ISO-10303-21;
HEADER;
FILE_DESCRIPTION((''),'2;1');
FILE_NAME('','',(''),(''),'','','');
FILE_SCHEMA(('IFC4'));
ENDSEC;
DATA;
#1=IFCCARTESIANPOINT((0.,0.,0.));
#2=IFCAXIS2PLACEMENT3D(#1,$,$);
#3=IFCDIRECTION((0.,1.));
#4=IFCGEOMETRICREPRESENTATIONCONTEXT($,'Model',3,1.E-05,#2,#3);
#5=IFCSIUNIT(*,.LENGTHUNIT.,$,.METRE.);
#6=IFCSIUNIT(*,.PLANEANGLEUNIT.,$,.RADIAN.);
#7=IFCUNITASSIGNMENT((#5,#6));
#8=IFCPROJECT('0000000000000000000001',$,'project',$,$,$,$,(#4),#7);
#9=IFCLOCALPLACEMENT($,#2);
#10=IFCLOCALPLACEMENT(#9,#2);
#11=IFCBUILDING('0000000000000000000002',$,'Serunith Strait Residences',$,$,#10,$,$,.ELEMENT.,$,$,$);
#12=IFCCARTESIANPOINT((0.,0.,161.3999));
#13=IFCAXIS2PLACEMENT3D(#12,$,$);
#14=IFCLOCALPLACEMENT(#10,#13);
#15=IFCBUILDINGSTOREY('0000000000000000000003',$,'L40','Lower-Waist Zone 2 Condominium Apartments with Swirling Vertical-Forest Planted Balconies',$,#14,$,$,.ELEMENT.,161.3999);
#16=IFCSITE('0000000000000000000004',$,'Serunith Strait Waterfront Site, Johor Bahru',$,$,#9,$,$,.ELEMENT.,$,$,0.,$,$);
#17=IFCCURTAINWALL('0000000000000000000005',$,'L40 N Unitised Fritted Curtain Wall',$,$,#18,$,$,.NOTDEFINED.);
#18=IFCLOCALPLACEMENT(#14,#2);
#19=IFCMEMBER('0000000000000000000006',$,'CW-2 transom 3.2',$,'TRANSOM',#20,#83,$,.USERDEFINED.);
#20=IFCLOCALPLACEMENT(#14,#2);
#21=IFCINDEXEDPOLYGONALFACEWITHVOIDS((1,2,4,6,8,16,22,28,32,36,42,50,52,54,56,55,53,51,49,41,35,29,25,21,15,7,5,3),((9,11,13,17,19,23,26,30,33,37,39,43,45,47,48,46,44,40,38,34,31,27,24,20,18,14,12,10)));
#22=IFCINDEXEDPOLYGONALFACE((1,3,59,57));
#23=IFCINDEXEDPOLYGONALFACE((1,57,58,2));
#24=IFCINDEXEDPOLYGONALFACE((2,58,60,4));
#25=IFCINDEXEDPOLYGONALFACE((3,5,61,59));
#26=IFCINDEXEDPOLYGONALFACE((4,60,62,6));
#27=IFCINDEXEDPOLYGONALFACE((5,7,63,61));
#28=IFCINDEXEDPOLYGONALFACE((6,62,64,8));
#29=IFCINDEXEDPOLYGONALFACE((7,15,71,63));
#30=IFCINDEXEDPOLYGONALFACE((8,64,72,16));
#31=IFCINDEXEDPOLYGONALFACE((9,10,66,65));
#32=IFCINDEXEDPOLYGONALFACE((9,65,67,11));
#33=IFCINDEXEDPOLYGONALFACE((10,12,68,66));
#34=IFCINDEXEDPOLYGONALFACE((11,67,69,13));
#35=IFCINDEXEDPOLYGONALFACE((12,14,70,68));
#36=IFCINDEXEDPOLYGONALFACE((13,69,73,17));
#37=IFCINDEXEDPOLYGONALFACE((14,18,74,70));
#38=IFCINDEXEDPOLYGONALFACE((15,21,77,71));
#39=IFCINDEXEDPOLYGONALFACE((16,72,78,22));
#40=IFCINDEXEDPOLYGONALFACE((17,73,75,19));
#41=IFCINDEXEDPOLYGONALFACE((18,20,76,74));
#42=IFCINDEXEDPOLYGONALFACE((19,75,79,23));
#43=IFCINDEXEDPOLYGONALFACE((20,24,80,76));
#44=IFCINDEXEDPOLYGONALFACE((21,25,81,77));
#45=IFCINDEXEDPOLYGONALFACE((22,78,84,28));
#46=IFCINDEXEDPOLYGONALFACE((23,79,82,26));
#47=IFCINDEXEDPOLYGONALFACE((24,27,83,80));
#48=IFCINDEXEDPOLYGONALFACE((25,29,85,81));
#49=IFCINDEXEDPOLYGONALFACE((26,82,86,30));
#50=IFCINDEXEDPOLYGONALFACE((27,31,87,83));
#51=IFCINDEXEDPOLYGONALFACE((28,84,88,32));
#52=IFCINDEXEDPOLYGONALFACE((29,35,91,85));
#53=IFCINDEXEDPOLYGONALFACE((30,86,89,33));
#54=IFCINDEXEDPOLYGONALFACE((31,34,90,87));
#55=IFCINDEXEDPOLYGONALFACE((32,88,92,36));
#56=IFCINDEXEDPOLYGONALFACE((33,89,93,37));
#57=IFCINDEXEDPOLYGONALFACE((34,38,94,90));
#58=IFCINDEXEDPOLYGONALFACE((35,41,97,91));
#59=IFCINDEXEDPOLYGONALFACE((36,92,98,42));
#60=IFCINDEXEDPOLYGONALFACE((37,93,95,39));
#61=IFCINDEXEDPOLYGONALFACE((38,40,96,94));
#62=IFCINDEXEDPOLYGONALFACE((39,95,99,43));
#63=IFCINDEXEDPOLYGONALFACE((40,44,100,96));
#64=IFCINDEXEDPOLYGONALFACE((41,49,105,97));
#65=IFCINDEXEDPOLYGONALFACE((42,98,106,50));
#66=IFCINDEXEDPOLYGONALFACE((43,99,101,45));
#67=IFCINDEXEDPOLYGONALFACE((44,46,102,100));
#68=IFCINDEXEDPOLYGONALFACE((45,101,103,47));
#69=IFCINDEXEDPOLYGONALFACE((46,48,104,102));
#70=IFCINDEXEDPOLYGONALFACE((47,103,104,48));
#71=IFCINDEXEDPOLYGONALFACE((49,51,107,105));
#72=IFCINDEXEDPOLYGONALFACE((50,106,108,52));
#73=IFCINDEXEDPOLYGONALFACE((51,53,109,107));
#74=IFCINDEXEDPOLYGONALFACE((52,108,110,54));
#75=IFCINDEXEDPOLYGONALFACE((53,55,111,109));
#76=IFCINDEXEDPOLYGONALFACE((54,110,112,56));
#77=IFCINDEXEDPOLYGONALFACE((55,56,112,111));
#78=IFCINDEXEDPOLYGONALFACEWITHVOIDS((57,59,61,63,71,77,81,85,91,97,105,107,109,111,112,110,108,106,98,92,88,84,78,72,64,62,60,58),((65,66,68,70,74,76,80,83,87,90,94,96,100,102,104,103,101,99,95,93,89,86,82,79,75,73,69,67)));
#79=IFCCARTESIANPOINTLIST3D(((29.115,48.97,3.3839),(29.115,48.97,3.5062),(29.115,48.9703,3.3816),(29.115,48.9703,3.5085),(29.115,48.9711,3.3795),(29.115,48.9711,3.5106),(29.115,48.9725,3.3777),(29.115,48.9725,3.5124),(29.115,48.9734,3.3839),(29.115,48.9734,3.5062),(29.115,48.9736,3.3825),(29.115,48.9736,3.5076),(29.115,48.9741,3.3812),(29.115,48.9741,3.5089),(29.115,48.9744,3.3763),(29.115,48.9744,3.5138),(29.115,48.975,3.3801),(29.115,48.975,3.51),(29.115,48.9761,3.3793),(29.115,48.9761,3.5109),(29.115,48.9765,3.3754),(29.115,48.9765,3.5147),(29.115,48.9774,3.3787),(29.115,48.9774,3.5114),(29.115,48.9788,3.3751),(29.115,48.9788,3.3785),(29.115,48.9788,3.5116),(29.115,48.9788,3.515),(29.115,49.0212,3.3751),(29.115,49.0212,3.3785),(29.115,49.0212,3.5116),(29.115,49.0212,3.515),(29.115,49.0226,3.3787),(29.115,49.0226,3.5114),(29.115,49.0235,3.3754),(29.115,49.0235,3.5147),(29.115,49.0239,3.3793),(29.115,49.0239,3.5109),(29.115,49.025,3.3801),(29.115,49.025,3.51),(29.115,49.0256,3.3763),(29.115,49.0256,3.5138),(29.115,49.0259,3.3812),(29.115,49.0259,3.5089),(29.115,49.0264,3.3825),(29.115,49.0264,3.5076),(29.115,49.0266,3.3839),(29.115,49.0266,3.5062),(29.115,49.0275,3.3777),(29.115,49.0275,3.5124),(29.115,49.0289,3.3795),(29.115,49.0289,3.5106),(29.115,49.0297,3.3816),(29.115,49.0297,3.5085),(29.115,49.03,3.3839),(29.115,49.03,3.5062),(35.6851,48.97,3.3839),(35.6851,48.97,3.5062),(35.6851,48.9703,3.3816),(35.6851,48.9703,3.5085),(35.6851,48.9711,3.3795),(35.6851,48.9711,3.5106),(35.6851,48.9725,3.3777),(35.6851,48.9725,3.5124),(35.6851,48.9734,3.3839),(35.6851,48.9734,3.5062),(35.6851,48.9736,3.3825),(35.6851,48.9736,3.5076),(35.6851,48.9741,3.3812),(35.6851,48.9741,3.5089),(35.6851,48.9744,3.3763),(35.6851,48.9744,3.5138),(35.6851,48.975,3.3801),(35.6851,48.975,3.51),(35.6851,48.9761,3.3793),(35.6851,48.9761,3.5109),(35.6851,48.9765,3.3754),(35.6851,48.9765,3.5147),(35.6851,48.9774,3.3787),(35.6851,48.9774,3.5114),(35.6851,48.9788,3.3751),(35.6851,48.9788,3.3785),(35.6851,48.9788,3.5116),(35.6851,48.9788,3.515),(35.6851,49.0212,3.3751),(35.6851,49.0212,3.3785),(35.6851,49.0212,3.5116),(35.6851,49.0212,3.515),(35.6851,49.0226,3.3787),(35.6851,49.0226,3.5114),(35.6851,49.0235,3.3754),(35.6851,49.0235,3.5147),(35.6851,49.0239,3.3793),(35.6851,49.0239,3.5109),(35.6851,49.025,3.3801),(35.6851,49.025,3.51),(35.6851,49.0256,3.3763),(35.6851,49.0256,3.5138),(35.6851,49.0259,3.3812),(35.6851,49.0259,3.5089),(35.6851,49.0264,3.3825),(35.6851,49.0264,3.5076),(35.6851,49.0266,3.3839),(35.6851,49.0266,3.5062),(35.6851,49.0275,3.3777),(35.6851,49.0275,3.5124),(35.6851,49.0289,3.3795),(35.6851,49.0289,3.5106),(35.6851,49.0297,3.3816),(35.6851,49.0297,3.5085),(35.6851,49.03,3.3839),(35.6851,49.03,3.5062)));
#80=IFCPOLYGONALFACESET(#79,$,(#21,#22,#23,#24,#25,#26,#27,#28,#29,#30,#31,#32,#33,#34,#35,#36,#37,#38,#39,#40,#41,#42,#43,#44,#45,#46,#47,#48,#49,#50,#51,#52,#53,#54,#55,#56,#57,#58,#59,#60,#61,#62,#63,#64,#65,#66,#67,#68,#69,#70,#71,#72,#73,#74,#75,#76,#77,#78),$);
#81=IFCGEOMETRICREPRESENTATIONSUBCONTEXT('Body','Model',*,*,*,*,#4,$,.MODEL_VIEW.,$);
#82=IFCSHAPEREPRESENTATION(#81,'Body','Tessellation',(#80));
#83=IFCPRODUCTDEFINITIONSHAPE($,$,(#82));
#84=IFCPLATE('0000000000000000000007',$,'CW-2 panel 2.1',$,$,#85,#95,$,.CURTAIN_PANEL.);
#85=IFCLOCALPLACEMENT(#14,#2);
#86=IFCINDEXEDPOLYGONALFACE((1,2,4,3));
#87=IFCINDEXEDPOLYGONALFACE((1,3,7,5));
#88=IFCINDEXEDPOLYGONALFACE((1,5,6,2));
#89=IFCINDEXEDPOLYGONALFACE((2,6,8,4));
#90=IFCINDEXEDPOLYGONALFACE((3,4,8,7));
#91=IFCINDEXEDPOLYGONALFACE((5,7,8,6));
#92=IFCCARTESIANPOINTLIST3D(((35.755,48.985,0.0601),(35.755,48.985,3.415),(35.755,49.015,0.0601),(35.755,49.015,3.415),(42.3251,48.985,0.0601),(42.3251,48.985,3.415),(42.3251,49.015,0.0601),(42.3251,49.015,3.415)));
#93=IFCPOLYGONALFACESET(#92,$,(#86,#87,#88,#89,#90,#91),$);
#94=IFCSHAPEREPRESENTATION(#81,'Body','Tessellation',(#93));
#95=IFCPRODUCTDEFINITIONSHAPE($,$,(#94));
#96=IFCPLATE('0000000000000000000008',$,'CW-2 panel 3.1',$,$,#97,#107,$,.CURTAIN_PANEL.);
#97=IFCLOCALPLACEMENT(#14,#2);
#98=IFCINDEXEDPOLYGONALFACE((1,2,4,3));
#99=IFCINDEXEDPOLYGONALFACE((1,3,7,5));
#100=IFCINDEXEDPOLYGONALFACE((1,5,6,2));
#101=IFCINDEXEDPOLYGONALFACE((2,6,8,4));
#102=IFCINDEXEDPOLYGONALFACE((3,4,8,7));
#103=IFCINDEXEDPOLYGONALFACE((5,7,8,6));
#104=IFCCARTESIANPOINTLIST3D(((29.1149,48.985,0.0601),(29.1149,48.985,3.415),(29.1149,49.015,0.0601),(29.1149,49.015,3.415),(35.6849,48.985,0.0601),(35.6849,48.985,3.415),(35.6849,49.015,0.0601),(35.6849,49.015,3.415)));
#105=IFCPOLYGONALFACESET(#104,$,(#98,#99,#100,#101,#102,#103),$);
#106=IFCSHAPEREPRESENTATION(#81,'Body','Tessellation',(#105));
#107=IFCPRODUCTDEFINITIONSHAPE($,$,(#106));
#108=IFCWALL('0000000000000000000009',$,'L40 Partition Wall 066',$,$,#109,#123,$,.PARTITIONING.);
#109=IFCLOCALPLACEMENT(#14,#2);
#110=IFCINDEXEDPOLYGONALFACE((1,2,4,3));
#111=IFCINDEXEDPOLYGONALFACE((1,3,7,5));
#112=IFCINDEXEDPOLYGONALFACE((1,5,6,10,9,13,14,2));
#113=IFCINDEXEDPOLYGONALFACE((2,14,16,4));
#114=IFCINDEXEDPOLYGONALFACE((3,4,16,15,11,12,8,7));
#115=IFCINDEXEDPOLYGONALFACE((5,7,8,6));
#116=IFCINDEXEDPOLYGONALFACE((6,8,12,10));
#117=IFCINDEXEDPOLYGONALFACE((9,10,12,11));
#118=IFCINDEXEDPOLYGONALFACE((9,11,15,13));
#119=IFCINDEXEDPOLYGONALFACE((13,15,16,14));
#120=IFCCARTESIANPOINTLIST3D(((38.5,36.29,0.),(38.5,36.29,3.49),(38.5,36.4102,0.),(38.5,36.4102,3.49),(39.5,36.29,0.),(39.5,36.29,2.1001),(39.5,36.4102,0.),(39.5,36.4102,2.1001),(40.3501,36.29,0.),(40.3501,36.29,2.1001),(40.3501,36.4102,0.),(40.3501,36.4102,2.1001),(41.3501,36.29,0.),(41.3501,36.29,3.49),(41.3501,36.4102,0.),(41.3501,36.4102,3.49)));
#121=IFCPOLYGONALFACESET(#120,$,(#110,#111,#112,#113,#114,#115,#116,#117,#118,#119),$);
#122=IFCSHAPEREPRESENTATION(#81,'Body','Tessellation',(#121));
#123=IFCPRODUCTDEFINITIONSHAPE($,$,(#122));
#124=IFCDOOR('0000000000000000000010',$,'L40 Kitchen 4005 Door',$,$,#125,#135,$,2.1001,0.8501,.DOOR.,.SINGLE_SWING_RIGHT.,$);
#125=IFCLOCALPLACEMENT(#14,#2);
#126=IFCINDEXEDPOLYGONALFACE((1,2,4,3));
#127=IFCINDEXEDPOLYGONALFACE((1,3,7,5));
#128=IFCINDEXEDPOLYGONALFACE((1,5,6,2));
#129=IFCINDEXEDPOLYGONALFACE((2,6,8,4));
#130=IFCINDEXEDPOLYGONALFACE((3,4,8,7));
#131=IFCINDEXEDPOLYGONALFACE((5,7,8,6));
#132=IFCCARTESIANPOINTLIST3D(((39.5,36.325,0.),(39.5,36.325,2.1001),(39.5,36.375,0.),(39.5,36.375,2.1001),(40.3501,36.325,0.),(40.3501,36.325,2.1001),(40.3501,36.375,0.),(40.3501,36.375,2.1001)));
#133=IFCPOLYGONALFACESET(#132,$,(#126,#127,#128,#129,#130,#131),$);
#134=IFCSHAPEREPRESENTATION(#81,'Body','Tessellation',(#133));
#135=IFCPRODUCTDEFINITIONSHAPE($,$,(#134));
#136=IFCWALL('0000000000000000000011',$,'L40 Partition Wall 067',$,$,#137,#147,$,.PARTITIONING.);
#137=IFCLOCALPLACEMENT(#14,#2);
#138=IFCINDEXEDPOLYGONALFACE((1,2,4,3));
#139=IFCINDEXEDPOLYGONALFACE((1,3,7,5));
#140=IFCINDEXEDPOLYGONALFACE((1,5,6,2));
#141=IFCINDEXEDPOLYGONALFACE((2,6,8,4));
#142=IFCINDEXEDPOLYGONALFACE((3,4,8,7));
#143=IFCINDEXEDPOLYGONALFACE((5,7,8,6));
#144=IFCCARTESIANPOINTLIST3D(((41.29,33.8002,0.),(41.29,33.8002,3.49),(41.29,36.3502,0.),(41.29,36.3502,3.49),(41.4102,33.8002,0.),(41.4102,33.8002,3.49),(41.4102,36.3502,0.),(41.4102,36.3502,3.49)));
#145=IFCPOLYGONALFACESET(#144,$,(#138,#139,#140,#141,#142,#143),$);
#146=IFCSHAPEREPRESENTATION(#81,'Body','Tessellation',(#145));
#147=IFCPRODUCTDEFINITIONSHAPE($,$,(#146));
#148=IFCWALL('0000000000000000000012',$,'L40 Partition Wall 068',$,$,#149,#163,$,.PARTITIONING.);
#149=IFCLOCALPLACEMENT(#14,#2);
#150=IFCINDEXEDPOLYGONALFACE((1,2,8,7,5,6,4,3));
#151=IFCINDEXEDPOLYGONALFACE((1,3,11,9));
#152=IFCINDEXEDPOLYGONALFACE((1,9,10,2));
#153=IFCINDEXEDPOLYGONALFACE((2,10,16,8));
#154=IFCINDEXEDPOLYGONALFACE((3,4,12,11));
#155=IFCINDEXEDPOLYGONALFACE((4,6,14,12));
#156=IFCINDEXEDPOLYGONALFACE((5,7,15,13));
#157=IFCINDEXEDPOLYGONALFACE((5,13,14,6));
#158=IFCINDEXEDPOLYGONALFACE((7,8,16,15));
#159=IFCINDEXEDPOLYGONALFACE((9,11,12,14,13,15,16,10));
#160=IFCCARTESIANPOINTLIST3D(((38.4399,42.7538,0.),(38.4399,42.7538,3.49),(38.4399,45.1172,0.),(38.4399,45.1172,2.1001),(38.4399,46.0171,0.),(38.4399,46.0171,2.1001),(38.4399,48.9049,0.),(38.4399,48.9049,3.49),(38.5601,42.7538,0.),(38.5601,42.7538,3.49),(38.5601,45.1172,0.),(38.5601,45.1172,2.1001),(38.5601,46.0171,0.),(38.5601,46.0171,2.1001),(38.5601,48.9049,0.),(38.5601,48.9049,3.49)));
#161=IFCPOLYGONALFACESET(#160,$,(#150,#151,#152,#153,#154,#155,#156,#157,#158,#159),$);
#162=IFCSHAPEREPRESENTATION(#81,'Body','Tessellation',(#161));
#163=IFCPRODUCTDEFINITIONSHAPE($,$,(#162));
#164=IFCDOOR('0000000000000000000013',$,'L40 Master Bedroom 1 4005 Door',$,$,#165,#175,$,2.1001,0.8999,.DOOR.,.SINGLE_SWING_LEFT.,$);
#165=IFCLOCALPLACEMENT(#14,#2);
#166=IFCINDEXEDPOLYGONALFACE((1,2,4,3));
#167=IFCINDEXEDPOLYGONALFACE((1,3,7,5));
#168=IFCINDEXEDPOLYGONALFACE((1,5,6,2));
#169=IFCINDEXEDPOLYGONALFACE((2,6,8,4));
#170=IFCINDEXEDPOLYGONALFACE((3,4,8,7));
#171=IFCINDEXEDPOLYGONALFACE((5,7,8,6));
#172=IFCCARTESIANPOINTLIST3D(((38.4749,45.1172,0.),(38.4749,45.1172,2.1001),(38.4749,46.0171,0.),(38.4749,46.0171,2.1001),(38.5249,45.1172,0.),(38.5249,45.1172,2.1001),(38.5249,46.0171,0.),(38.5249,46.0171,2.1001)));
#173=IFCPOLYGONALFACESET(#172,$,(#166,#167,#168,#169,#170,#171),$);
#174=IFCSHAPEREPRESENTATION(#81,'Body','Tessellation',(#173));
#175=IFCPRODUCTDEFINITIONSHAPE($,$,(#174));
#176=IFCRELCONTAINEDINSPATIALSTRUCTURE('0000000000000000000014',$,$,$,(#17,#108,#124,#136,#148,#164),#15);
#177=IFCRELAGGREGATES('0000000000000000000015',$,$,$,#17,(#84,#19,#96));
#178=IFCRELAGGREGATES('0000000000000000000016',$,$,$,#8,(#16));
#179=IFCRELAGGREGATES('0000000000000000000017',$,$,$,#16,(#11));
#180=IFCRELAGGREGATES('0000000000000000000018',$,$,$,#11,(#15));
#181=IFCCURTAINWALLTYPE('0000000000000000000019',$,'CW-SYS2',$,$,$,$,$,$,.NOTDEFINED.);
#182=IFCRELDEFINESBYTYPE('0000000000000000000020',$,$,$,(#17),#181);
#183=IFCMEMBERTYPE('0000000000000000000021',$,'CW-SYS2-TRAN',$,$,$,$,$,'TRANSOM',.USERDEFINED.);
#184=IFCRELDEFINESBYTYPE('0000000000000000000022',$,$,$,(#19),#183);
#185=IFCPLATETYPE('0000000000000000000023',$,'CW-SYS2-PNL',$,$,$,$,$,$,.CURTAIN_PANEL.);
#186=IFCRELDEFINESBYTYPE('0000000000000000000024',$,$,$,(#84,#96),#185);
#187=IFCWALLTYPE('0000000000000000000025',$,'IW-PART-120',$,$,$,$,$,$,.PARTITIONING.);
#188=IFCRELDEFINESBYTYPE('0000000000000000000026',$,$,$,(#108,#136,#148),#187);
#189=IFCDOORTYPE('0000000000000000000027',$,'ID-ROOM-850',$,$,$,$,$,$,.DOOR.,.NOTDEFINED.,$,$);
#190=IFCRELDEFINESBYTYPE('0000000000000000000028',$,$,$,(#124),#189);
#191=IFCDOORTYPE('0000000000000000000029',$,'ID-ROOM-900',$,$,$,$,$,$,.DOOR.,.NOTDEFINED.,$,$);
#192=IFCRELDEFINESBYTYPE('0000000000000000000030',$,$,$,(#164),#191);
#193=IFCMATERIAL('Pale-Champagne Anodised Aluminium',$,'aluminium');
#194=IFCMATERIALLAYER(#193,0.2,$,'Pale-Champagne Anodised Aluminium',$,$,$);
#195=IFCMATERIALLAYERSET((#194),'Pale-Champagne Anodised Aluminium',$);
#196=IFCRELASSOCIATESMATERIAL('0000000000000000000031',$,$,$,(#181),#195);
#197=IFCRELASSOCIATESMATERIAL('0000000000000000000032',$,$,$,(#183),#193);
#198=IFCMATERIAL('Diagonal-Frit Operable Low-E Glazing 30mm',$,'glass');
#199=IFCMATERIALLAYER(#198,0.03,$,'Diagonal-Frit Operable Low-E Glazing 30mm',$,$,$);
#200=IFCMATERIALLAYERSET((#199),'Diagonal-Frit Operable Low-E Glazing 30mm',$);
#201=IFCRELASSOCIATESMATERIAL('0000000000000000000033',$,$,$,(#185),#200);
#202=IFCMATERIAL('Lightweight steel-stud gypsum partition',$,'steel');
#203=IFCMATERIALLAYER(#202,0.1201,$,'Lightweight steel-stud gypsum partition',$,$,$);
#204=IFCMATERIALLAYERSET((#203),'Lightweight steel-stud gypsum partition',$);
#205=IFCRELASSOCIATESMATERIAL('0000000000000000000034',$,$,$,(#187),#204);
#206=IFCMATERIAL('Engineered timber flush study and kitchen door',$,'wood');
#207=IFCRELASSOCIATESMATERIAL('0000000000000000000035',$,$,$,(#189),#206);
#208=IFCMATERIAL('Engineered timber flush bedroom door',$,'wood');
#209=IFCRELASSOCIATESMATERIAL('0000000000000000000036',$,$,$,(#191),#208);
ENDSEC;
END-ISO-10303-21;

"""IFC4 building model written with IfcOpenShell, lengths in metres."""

from ifc_helpers import new_model, si_unit, direction, frame, frame_2d, origin, origin_2d, place, context, subcontext, project, spatial, rectangle, hollow_rectangle, extrude, source, transform, mapped, material, layer, layer_set, material_profile, profile_set, type_object, element, fill, aggregate, save


model = new_model("IFC4")

# Units and contexts
model_context = context("Model", 3, precision=1e-05, world=origin(), true_north=direction((0.0, 1.0)))
body_context = subcontext(model_context, "Body", "Model", "MODEL_VIEW")
ifc_project = project(units=[si_unit("LENGTHUNIT", "METRE"), si_unit("PLANEANGLEUNIT", "RADIAN")], contexts=[model_context])

# Site, building, storey
site_placement = place(None, origin())
site = spatial("IfcSite", under=ifc_project, at=site_placement, Name="Serunith Strait Waterfront Site, Johor Bahru", CompositionType="ELEMENT", RefElevation=0.0)
building_placement = place(site_placement, origin())
building = spatial("IfcBuilding", under=site, at=building_placement, Name="Serunith Strait Residences", CompositionType="ELEMENT")
storey_placement = place(building_placement, frame((0.0, 0.0, 161.3999)))
storey = spatial("IfcBuildingStorey", under=building, at=storey_placement, Name="L40", Description="Lower-Waist Zone 2 Condominium Apartments with Swirling Vertical-Forest Planted Balconies", CompositionType="ELEMENT", Elevation=161.3999)

# Curtain wall, member, plates
ifc_material_1 = material(Name="Pale-Champagne Anodised Aluminium", Category="aluminium")
ifc_layer_1 = layer(ifc_material_1, 0.2, Name="Pale-Champagne Anodised Aluminium")
ifc_layer_set_1 = layer_set([ifc_layer_1], Name="Pale-Champagne Anodised Aluminium")
curtain_wall_type = type_object("IfcCurtainWallType", Name="CW-SYS2", PredefinedType="NOTDEFINED", material=ifc_layer_set_1)
curtain_wall_placement = place(storey_placement, origin())
curtain_wall = element("IfcCurtainWall", 1, at=curtain_wall_placement, inside=storey, type_object=curtain_wall_type, Name="L40 N Unitised Fritted Curtain Wall", PredefinedType="NOTDEFINED")
ifc_material_profile_1 = material_profile(ifc_material_1, hollow_rectangle(XDim=0.0601, YDim=0.1399, WallThickness=0.0034, InnerFilletRadius=0.0054, OuterFilletRadius=0.0088, at=origin_2d()), Name="ALU 140x60x3.5")
ifc_profile_set_1 = profile_set([ifc_material_profile_1], Name="Pale-Champagne Anodised Aluminium")
member_type_1 = type_object("IfcMemberType", Name="CW-SYS2-TRAN", ElementType="TRANSOM", PredefinedType="USERDEFINED", material=ifc_profile_set_1)
shared_shape_1 = source(origin(), body_context, "Body", "SweptSolid", [
    extrude(hollow_rectangle(XDim=0.0601, YDim=0.1399, WallThickness=0.0034, InnerFilletRadius=0.0054, OuterFilletRadius=0.0088, at=origin_2d()), origin(), (0.0, 0.0, 1.0), 6.5701),
])
member_1_placement = place(storey_placement, frame((35.6851, 49.0, 3.4451), z_axis=(-1.0, 0.0, 0.0), x_axis=(0.0, -1.0, 0.0)))
member_1 = element("IfcMember", 2, at=member_1_placement, type_object=member_type_1, Name="CW-2 transom 3.2", ObjectType="TRANSOM", PredefinedType="USERDEFINED", context=body_context, shape_type="MappedRepresentation", body=[
    mapped(shared_shape_1, transform((0.0, 0.0, 0.0), scale=1.0)),
])
ifc_material_2 = material(Name="Diagonal-Frit Operable Low-E Glazing 30mm", Category="glass")
ifc_layer_2 = layer(ifc_material_2, 0.03, Name="Diagonal-Frit Operable Low-E Glazing 30mm")
ifc_layer_set_2 = layer_set([ifc_layer_2], Name="Diagonal-Frit Operable Low-E Glazing 30mm")
plate_type = type_object("IfcPlateType", Name="CW-SYS2-PNL", PredefinedType="CURTAIN_PANEL", material=ifc_layer_set_2)
shared_shape_2 = source(origin(), body_context, "Body", "SweptSolid", [
    extrude(rectangle(XDim=6.5701, YDim=0.03, at=origin_2d()), origin(), (0.0, 0.0, 1.0), 3.355),
])
plate_1_placement = place(storey_placement, frame((39.04, 49.0, 0.0601), z_axis=(0.0, 0.0, 1.0), x_axis=(-1.0, 0.0, 0.0)))
plate_1 = element("IfcPlate", 3, at=plate_1_placement, type_object=plate_type, Name="CW-2 panel 2.1", PredefinedType="CURTAIN_PANEL", context=body_context, shape_type="MappedRepresentation", body=[
    mapped(shared_shape_2, transform((0.0, 0.0, 0.0), scale=1.0)),
])
plate_2_placement = place(storey_placement, frame((32.3999, 49.0, 0.0601), z_axis=(0.0, 0.0, 1.0), x_axis=(-1.0, 0.0, 0.0)))
plate_2 = element("IfcPlate", 4, at=plate_2_placement, type_object=plate_type, Name="CW-2 panel 3.1", PredefinedType="CURTAIN_PANEL", context=body_context, shape_type="MappedRepresentation", body=[
    mapped(shared_shape_2, transform((0.0, 0.0, 0.0), scale=1.0)),
])
aggregate(curtain_wall, [plate_1, member_1, plate_2])

# Wall, opening, door
ifc_material_3 = material(Name="Lightweight steel-stud gypsum partition", Category="steel")
ifc_layer_3 = layer(ifc_material_3, 0.1201, Name="Lightweight steel-stud gypsum partition")
ifc_layer_set_3 = layer_set([ifc_layer_3], Name="Lightweight steel-stud gypsum partition")
wall_type_1 = type_object("IfcWallType", Name="IW-PART-120", PredefinedType="PARTITIONING", material=ifc_layer_set_3)
wall_1_placement = place(storey_placement, frame((38.5, 36.3501, 0.0), z_axis=(0.0, 0.0, 1.0), x_axis=(1.0, 0.0, 0.0)))
wall_1 = element("IfcWall", 5, at=wall_1_placement, inside=storey, type_object=wall_type_1, Name="L40 Partition Wall 066", PredefinedType="PARTITIONING", context=body_context, shape_type="SweptSolid", body=[
    extrude(rectangle(XDim=2.8501, YDim=0.1201, at=frame_2d((1.425, 0.0))), origin(), (0.0, 0.0, 1.0), 3.49),
])
opening_1_placement = place(wall_1_placement, frame((1.0, 0.0, 0.0)))
opening_1 = element("IfcOpeningElement", 6, at=opening_1_placement, cuts=wall_1, PredefinedType="OPENING", context=body_context, shape_type="SweptSolid", body=[
    extrude(rectangle(XDim=0.8501, YDim=2.1001, at=frame_2d((0.425, 1.05))), frame((0.0, 0.0701, 0.0), z_axis=(0.0, -1.0, 0.0), x_axis=(1.0, 0.0, 0.0)), (0.0, 0.0, 1.0), 0.1401),
])
ifc_material_4 = material(Name="Engineered timber flush study and kitchen door", Category="wood")
door_type_1 = type_object("IfcDoorType", Name="ID-ROOM-850", OperationType="NOTDEFINED", PredefinedType="DOOR", material=ifc_material_4)
shared_shape_3 = source(origin(), body_context, "Body", "SweptSolid", [
    extrude(rectangle(XDim=0.8501, YDim=2.1001, at=frame_2d((0.425, 1.05))), frame((0.0, 0.0249, 0.0), z_axis=(0.0, -1.0, 0.0), x_axis=(1.0, 0.0, 0.0)), (0.0, 0.0, 1.0), 0.05),
])
door_1_placement = place(opening_1_placement, origin())
door_1 = element("IfcDoor", 7, at=door_1_placement, inside=storey, type_object=door_type_1, Name="L40 Kitchen 4005 Door", OperationType="SINGLE_SWING_RIGHT", OverallHeight=2.1001, OverallWidth=0.8501, PredefinedType="DOOR", context=body_context, shape_type="MappedRepresentation", body=[
    mapped(shared_shape_3, transform((0.0, 0.0, 0.0), scale=1.0)),
])
fill(opening_1, door_1)

# Wall
wall_2_placement = place(storey_placement, frame((41.3501, 36.3501, 0.0), z_axis=(0.0, 0.0, 1.0), x_axis=(0.0, -1.0, 0.0)))
element("IfcWall", 8, at=wall_2_placement, inside=storey, type_object=wall_type_1, Name="L40 Partition Wall 067", PredefinedType="PARTITIONING", context=body_context, shape_type="SweptSolid", body=[
    extrude(rectangle(XDim=2.55, YDim=0.1201, at=frame_2d((1.2749, 0.0))), origin(), (0.0, 0.0, 1.0), 3.49),
])

# Wall, opening, door
wall_3_placement = place(storey_placement, frame((38.5, 48.905, 0.0), z_axis=(0.0, 0.0, 1.0), x_axis=(0.0, -1.0, 0.0)))
wall_3 = element("IfcWall", 9, at=wall_3_placement, inside=storey, type_object=wall_type_1, Name="L40 Partition Wall 068", PredefinedType="PARTITIONING", context=body_context, shape_type="SweptSolid", body=[
    extrude(rectangle(XDim=6.1511, YDim=0.1201, at=frame_2d((3.0757, 0.0))), origin(), (0.0, 0.0, 1.0), 3.49),
])
opening_2_placement = place(wall_3_placement, frame((2.8879, 0.0, 0.0)))
opening_2 = element("IfcOpeningElement", 10, at=opening_2_placement, cuts=wall_3, PredefinedType="OPENING", context=body_context, shape_type="SweptSolid", body=[
    extrude(rectangle(XDim=0.8999, YDim=2.1001, at=frame_2d((0.45, 1.05))), frame((0.0, 0.0701, 0.0), z_axis=(0.0, -1.0, 0.0), x_axis=(1.0, 0.0, 0.0)), (0.0, 0.0, 1.0), 0.1401),
])
ifc_material_5 = material(Name="Engineered timber flush bedroom door", Category="wood")
door_type_2 = type_object("IfcDoorType", Name="ID-ROOM-900", OperationType="NOTDEFINED", PredefinedType="DOOR", material=ifc_material_5)
shared_shape_4 = source(origin(), body_context, "Body", "SweptSolid", [
    extrude(rectangle(XDim=0.8999, YDim=2.1001, at=frame_2d((0.45, 1.05))), frame((0.0, 0.0249, 0.0), z_axis=(0.0, -1.0, 0.0), x_axis=(1.0, 0.0, 0.0)), (0.0, 0.0, 1.0), 0.05),
])
door_2_placement = place(opening_2_placement, origin())
door_2 = element("IfcDoor", 11, at=door_2_placement, inside=storey, type_object=door_type_2, Name="L40 Master Bedroom 1 4005 Door", OperationType="SINGLE_SWING_LEFT", OverallHeight=2.1001, OverallWidth=0.8999, PredefinedType="DOOR", context=body_context, shape_type="MappedRepresentation", body=[
    mapped(shared_shape_4, transform((0.0, 0.0, 0.0), scale=1.0)),
])
fill(opening_2, door_2)

save(model, "model.ifc")
